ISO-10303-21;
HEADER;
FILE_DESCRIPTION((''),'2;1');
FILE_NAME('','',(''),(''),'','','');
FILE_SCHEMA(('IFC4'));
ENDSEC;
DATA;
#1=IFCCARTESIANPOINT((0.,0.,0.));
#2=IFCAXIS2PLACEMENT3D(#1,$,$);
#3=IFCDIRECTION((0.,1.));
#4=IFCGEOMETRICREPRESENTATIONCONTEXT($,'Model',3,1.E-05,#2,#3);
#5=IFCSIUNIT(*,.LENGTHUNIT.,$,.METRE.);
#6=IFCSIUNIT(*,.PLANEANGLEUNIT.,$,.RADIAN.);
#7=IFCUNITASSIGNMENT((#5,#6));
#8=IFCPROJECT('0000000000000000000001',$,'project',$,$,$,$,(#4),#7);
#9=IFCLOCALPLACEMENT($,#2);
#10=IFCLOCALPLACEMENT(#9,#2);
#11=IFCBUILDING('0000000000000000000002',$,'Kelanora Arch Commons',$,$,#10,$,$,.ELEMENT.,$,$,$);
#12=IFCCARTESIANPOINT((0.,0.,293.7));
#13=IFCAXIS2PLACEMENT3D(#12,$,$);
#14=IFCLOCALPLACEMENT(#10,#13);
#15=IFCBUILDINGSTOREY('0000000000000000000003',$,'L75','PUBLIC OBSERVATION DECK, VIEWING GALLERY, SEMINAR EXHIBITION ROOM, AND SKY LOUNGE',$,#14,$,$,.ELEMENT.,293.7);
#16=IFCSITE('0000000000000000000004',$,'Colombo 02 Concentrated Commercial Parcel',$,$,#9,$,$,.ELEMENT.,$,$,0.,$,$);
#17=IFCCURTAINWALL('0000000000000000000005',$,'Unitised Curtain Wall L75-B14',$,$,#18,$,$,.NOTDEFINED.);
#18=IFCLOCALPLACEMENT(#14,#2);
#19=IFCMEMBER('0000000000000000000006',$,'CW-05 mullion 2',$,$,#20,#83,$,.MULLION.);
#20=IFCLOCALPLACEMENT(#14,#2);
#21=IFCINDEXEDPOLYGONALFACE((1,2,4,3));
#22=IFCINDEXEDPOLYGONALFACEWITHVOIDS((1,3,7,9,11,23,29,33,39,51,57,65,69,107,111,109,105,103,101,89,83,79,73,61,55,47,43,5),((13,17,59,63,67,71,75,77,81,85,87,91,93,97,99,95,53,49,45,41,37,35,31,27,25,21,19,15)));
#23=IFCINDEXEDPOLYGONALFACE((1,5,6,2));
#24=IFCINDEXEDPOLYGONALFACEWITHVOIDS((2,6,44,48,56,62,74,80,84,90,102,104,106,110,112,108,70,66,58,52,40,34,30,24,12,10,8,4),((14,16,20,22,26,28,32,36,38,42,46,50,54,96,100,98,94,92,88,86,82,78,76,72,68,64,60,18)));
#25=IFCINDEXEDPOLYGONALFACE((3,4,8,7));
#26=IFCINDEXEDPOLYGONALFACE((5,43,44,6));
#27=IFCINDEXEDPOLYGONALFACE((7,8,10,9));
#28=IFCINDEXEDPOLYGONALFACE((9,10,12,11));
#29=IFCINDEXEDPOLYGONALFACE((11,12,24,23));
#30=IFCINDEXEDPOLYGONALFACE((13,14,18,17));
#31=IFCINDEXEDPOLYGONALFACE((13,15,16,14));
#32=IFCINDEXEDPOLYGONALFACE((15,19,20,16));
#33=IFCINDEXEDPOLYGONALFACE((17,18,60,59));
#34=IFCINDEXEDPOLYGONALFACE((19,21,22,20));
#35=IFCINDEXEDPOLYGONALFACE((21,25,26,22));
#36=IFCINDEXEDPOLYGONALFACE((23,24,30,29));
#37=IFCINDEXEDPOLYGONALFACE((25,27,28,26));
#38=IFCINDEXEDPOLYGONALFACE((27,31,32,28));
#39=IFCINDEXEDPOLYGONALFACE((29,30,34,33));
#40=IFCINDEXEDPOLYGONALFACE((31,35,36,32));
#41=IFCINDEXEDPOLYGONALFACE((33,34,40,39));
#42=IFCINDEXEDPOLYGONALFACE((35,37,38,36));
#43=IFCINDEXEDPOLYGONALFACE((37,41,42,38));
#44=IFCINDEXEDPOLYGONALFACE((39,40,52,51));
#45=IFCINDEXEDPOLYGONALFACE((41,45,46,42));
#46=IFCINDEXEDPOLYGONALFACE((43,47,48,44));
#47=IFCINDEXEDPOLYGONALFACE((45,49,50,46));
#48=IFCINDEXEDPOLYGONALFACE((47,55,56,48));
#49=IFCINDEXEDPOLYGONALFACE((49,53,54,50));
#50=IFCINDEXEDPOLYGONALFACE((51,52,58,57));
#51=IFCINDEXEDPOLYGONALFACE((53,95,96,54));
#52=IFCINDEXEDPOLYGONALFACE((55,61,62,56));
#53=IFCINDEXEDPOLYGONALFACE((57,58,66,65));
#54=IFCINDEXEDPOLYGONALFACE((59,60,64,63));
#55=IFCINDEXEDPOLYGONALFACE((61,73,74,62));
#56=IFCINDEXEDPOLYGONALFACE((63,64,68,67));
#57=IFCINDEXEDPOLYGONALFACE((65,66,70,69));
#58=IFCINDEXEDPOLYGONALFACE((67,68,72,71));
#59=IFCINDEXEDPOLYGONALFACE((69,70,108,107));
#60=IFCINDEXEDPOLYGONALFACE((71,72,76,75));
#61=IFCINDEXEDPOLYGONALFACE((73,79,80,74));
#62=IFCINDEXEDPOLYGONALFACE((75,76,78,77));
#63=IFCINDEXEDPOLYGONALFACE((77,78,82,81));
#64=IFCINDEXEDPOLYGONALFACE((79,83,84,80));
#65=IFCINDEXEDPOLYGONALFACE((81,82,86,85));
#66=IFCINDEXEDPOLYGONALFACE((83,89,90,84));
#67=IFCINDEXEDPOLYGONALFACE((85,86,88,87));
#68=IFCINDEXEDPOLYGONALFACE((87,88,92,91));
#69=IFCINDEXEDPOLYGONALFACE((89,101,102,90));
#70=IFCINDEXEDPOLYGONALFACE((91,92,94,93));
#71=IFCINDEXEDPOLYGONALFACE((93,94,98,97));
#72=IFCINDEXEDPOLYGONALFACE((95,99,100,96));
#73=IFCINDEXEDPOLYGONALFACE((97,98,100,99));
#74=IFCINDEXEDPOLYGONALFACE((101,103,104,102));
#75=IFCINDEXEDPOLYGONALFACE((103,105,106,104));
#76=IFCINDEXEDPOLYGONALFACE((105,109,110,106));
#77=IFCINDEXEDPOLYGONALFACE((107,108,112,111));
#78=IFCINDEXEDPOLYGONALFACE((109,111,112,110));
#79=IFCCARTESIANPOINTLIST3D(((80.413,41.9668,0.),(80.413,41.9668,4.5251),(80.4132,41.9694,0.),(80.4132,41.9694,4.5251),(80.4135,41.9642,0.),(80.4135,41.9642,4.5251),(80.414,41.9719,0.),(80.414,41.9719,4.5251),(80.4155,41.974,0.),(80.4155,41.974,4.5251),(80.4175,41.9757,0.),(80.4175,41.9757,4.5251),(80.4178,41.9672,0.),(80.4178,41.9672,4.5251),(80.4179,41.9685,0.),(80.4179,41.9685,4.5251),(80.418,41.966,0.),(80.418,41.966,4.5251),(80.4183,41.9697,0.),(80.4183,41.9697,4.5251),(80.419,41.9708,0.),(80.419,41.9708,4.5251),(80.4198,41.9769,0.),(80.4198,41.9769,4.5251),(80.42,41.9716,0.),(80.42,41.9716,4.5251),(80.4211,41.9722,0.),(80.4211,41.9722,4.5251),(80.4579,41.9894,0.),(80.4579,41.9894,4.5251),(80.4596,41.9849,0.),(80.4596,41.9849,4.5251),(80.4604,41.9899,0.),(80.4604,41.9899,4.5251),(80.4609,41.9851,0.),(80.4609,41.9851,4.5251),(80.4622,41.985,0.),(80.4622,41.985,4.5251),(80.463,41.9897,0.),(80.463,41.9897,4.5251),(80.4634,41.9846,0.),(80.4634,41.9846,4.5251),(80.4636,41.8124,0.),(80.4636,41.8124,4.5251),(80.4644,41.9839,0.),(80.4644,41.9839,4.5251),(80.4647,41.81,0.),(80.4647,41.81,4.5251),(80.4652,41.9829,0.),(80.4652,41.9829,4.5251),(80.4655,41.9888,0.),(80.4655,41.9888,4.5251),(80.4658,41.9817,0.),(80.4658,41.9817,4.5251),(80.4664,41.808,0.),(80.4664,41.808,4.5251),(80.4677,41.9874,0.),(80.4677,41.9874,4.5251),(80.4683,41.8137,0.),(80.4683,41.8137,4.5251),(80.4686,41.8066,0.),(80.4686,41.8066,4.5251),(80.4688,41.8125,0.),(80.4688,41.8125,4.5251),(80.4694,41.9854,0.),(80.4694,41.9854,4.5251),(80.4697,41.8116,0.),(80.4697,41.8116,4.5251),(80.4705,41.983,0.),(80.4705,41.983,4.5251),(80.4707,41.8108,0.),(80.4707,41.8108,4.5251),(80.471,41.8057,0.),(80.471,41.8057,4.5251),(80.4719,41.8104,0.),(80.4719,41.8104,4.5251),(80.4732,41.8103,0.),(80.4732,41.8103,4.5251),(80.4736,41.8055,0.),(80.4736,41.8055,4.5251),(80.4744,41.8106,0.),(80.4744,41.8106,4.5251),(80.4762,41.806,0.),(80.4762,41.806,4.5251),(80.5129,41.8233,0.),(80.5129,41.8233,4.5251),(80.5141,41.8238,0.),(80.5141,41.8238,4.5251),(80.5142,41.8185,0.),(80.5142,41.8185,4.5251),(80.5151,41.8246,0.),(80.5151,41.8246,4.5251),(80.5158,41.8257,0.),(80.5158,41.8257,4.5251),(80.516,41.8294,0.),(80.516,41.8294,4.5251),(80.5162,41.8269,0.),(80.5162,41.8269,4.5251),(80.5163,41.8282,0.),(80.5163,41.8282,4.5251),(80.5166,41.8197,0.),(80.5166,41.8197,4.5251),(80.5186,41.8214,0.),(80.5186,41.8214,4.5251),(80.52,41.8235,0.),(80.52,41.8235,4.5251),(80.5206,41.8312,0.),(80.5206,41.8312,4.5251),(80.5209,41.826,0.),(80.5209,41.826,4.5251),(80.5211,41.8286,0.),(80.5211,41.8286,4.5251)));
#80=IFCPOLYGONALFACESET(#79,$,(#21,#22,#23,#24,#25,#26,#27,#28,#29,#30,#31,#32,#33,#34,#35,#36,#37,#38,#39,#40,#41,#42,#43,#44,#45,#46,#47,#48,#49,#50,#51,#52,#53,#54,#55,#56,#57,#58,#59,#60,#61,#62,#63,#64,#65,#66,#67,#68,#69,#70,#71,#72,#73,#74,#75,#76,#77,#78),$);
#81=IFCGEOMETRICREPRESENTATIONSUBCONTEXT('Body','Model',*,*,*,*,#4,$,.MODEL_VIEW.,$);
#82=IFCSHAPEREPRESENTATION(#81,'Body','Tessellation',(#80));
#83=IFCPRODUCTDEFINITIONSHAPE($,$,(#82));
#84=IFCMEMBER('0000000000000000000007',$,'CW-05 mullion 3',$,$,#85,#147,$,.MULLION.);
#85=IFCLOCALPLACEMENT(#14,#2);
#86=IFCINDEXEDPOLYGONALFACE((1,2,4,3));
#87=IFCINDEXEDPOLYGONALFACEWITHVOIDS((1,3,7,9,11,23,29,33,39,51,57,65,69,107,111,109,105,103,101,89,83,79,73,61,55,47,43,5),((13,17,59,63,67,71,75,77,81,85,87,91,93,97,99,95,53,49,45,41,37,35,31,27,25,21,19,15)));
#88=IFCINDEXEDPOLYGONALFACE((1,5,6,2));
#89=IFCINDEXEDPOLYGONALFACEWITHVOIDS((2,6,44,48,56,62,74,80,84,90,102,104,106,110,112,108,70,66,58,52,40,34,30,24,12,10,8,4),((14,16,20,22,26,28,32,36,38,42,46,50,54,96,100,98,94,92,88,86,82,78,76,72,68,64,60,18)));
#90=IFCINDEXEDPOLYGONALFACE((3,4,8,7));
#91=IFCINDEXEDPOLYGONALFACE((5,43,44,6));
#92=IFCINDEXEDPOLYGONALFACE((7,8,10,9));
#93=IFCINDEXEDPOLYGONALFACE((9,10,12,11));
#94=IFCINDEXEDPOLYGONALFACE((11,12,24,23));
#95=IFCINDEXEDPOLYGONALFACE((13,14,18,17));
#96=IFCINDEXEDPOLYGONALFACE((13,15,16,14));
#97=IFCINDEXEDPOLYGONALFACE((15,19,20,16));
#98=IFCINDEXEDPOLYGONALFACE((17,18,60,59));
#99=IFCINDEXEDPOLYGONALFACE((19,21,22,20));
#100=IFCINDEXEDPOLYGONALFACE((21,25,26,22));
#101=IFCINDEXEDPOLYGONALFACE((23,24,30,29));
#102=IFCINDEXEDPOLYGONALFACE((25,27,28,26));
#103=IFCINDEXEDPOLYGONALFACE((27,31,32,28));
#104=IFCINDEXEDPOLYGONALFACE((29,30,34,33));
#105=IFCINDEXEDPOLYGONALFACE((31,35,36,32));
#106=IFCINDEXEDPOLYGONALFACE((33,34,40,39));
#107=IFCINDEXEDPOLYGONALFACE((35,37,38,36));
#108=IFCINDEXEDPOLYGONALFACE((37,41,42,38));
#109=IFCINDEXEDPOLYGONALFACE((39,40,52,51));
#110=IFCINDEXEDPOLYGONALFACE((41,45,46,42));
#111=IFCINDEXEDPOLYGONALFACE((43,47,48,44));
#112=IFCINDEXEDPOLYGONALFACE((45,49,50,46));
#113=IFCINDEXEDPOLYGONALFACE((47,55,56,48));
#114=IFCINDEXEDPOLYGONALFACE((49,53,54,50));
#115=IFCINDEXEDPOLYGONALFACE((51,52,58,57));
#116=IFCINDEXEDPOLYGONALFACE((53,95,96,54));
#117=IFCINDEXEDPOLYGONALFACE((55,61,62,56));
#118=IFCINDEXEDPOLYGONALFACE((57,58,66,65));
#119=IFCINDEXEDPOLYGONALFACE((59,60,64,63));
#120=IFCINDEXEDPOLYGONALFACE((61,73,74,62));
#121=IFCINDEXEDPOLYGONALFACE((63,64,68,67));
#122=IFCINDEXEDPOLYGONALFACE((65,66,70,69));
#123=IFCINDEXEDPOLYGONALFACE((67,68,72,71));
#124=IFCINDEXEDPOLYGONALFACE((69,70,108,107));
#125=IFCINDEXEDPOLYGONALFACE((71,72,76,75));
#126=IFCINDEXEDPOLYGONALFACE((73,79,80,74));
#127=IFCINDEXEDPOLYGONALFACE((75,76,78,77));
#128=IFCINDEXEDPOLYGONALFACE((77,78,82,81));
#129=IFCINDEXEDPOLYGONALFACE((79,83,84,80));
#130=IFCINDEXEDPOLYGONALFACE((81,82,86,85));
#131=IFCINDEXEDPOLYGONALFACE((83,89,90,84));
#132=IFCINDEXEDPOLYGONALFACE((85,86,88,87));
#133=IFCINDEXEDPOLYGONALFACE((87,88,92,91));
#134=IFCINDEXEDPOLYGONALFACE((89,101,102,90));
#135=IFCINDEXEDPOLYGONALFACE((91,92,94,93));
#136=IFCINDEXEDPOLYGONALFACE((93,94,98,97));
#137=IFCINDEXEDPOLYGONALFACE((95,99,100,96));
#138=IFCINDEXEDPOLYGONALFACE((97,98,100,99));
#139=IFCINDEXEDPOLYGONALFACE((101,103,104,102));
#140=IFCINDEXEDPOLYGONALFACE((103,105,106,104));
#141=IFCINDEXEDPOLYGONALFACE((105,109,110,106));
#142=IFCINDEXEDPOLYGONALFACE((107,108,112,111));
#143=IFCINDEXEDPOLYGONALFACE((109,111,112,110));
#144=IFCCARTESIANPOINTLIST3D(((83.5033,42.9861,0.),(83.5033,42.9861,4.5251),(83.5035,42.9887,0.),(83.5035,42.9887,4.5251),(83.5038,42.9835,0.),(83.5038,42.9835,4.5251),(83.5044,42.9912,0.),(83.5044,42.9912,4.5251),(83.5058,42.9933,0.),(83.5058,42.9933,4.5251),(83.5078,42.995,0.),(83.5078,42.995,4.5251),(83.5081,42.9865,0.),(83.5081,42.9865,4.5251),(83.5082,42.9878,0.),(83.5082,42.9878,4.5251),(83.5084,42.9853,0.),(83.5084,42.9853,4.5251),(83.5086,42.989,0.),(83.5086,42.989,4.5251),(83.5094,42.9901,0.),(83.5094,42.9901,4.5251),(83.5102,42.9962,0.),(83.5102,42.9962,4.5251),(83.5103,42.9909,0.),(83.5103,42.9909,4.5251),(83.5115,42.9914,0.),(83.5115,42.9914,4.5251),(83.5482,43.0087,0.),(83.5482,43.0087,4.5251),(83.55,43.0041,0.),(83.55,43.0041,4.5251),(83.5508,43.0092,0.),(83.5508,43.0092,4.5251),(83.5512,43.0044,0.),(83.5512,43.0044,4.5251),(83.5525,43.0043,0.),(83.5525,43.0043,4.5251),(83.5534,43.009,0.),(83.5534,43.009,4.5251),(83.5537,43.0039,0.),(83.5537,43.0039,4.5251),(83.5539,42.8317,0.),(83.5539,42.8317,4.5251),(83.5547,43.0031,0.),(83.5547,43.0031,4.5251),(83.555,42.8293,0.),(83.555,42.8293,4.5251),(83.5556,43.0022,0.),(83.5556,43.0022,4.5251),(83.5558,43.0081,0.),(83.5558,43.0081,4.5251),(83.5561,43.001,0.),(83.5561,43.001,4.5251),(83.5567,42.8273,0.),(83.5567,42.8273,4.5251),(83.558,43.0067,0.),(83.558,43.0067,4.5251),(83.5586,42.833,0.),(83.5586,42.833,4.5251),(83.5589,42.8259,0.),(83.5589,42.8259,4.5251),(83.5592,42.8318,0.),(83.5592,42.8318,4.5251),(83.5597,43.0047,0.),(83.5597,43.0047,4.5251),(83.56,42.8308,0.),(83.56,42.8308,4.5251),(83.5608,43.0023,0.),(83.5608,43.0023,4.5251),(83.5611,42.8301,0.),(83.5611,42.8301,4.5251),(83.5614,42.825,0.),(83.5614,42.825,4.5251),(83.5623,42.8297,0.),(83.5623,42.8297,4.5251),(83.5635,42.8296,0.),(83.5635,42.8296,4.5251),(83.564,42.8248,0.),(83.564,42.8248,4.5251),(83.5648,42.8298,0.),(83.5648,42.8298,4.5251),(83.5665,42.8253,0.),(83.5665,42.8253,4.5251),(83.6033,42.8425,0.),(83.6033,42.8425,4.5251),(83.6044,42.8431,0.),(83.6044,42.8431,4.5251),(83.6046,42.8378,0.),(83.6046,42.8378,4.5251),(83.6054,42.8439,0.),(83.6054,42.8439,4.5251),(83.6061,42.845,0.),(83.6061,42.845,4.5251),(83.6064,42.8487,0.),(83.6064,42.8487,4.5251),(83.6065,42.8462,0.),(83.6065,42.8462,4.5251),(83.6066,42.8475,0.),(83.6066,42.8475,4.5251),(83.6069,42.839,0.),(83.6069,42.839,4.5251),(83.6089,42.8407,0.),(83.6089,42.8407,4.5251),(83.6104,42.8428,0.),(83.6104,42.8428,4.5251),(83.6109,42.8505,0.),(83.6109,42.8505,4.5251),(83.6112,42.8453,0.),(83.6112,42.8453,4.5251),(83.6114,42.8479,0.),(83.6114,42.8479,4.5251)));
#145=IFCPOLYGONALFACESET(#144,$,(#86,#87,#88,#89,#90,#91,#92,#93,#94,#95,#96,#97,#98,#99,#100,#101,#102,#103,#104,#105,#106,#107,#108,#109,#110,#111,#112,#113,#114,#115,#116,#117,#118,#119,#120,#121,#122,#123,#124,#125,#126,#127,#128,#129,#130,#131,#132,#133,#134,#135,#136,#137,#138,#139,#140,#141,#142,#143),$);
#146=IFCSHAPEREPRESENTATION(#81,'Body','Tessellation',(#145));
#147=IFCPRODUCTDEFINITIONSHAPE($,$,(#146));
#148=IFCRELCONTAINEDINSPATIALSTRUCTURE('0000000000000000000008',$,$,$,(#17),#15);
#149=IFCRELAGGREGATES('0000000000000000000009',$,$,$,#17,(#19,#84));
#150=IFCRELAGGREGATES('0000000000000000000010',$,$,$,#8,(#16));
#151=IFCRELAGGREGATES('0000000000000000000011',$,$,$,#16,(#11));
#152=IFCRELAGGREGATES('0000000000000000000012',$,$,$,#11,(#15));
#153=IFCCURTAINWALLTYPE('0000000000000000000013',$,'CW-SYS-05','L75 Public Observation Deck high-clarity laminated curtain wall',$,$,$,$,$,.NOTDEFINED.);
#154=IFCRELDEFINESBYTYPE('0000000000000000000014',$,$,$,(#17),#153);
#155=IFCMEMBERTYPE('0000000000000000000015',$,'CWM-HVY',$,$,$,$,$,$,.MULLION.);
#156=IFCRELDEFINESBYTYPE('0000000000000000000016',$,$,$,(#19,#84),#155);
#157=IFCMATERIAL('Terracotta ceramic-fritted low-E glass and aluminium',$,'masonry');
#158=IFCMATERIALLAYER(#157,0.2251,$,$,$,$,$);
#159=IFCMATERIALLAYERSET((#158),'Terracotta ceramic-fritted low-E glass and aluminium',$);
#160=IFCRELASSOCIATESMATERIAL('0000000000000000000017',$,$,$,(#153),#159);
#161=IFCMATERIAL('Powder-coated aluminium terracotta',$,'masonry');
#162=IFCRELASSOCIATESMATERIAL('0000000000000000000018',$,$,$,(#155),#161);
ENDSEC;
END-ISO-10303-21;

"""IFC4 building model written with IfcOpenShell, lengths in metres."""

from ifc_helpers import new_model, si_unit, direction, frame, origin, origin_2d, place, context, subcontext, project, spatial, hollow_rectangle, extrude, material, layer, layer_set, material_profile, profile_set, type_object, element, aggregate, save


model = new_model("IFC4")

# Units and contexts
model_context = context("Model", 3, precision=1e-05, world=origin(), true_north=direction((0.0, 1.0)))
body_context = subcontext(model_context, "Body", "Model", "MODEL_VIEW")
ifc_project = project(units=[si_unit("LENGTHUNIT", "METRE"), si_unit("PLANEANGLEUNIT", "RADIAN")], contexts=[model_context])

# Site, building, storey
site_placement = place(None, origin())
site = spatial("IfcSite", under=ifc_project, at=site_placement, Name="Colombo 02 Concentrated Commercial Parcel", CompositionType="ELEMENT", RefElevation=0.0)
building_placement = place(site_placement, origin())
building = spatial("IfcBuilding", under=site, at=building_placement, Name="Kelanora Arch Commons", CompositionType="ELEMENT")
storey_placement = place(building_placement, frame((0.0, 0.0, 293.7)))
storey = spatial("IfcBuildingStorey", under=building, at=storey_placement, Name="L75", Description="PUBLIC OBSERVATION DECK, VIEWING GALLERY, SEMINAR EXHIBITION ROOM, AND SKY LOUNGE", CompositionType="ELEMENT", Elevation=293.7)

# Curtain wall, members
ifc_material_1 = material(Name="Terracotta ceramic-fritted low-E glass and aluminium", Category="masonry")
ifc_layer_1 = layer(ifc_material_1, 0.2251)
ifc_layer_set_1 = layer_set([ifc_layer_1], Name="Terracotta ceramic-fritted low-E glass and aluminium")
curtain_wall_type = type_object("IfcCurtainWallType", Name="CW-SYS-05", Description="L75 Public Observation Deck high-clarity laminated curtain wall", PredefinedType="NOTDEFINED", material=ifc_layer_set_1)
ifc_material_2 = material(Name="Powder-coated aluminium terracotta", Category="masonry")
ifc_material_profile_1 = material_profile(ifc_material_2, hollow_rectangle(XDim=0.1799, YDim=0.0601, WallThickness=0.0049, InnerFilletRadius=0.0049, OuterFilletRadius=0.01, at=origin_2d()), Name="CWM180x60")
ifc_profile_set_1 = profile_set([ifc_material_profile_1], Name="Powder-coated aluminium terracotta")
member_type_1 = type_object("IfcMemberType", Name="CWM-HVY", PredefinedType="MULLION", material=ifc_profile_set_1)
curtain_wall_1_placement = place(storey_placement, origin())
curtain_wall_1 = element("IfcCurtainWall", 1, at=curtain_wall_1_placement, inside=storey, type_object=curtain_wall_type, Name="Unitised Curtain Wall L75-B14", PredefinedType="NOTDEFINED")
member_1_placement = place(storey_placement, frame((80.467, 41.8977, 0.0), z_axis=(0.0, 0.0, 1.0), x_axis=(-0.313253, 0.94967, 0.0)))
member_1 = element("IfcMember", 2, at=member_1_placement, type_object=member_type_1, Name="CW-05 mullion 2", PredefinedType="MULLION", context=body_context, shape_type="SweptSolid", body=[
    extrude(hollow_rectangle(XDim=0.1799, YDim=0.0601, WallThickness=0.0049, InnerFilletRadius=0.0049, OuterFilletRadius=0.01, at=origin_2d()), origin(), (0.0, 0.0, 1.0), 4.5251),
])
member_2_placement = place(storey_placement, frame((83.5574, 42.917, 0.0), z_axis=(0.0, 0.0, 1.0), x_axis=(-0.313253, 0.94967, 0.0)))
member_2 = element("IfcMember", 3, at=member_2_placement, type_object=member_type_1, Name="CW-05 mullion 3", PredefinedType="MULLION", context=body_context, shape_type="SweptSolid", body=[
    extrude(hollow_rectangle(XDim=0.1799, YDim=0.0601, WallThickness=0.0049, InnerFilletRadius=0.0049, OuterFilletRadius=0.01, at=origin_2d()), origin(), (0.0, 0.0, 1.0), 4.5251),
])

aggregate(curtain_wall_1, [member_1, member_2])

save(model, "model.ifc")
